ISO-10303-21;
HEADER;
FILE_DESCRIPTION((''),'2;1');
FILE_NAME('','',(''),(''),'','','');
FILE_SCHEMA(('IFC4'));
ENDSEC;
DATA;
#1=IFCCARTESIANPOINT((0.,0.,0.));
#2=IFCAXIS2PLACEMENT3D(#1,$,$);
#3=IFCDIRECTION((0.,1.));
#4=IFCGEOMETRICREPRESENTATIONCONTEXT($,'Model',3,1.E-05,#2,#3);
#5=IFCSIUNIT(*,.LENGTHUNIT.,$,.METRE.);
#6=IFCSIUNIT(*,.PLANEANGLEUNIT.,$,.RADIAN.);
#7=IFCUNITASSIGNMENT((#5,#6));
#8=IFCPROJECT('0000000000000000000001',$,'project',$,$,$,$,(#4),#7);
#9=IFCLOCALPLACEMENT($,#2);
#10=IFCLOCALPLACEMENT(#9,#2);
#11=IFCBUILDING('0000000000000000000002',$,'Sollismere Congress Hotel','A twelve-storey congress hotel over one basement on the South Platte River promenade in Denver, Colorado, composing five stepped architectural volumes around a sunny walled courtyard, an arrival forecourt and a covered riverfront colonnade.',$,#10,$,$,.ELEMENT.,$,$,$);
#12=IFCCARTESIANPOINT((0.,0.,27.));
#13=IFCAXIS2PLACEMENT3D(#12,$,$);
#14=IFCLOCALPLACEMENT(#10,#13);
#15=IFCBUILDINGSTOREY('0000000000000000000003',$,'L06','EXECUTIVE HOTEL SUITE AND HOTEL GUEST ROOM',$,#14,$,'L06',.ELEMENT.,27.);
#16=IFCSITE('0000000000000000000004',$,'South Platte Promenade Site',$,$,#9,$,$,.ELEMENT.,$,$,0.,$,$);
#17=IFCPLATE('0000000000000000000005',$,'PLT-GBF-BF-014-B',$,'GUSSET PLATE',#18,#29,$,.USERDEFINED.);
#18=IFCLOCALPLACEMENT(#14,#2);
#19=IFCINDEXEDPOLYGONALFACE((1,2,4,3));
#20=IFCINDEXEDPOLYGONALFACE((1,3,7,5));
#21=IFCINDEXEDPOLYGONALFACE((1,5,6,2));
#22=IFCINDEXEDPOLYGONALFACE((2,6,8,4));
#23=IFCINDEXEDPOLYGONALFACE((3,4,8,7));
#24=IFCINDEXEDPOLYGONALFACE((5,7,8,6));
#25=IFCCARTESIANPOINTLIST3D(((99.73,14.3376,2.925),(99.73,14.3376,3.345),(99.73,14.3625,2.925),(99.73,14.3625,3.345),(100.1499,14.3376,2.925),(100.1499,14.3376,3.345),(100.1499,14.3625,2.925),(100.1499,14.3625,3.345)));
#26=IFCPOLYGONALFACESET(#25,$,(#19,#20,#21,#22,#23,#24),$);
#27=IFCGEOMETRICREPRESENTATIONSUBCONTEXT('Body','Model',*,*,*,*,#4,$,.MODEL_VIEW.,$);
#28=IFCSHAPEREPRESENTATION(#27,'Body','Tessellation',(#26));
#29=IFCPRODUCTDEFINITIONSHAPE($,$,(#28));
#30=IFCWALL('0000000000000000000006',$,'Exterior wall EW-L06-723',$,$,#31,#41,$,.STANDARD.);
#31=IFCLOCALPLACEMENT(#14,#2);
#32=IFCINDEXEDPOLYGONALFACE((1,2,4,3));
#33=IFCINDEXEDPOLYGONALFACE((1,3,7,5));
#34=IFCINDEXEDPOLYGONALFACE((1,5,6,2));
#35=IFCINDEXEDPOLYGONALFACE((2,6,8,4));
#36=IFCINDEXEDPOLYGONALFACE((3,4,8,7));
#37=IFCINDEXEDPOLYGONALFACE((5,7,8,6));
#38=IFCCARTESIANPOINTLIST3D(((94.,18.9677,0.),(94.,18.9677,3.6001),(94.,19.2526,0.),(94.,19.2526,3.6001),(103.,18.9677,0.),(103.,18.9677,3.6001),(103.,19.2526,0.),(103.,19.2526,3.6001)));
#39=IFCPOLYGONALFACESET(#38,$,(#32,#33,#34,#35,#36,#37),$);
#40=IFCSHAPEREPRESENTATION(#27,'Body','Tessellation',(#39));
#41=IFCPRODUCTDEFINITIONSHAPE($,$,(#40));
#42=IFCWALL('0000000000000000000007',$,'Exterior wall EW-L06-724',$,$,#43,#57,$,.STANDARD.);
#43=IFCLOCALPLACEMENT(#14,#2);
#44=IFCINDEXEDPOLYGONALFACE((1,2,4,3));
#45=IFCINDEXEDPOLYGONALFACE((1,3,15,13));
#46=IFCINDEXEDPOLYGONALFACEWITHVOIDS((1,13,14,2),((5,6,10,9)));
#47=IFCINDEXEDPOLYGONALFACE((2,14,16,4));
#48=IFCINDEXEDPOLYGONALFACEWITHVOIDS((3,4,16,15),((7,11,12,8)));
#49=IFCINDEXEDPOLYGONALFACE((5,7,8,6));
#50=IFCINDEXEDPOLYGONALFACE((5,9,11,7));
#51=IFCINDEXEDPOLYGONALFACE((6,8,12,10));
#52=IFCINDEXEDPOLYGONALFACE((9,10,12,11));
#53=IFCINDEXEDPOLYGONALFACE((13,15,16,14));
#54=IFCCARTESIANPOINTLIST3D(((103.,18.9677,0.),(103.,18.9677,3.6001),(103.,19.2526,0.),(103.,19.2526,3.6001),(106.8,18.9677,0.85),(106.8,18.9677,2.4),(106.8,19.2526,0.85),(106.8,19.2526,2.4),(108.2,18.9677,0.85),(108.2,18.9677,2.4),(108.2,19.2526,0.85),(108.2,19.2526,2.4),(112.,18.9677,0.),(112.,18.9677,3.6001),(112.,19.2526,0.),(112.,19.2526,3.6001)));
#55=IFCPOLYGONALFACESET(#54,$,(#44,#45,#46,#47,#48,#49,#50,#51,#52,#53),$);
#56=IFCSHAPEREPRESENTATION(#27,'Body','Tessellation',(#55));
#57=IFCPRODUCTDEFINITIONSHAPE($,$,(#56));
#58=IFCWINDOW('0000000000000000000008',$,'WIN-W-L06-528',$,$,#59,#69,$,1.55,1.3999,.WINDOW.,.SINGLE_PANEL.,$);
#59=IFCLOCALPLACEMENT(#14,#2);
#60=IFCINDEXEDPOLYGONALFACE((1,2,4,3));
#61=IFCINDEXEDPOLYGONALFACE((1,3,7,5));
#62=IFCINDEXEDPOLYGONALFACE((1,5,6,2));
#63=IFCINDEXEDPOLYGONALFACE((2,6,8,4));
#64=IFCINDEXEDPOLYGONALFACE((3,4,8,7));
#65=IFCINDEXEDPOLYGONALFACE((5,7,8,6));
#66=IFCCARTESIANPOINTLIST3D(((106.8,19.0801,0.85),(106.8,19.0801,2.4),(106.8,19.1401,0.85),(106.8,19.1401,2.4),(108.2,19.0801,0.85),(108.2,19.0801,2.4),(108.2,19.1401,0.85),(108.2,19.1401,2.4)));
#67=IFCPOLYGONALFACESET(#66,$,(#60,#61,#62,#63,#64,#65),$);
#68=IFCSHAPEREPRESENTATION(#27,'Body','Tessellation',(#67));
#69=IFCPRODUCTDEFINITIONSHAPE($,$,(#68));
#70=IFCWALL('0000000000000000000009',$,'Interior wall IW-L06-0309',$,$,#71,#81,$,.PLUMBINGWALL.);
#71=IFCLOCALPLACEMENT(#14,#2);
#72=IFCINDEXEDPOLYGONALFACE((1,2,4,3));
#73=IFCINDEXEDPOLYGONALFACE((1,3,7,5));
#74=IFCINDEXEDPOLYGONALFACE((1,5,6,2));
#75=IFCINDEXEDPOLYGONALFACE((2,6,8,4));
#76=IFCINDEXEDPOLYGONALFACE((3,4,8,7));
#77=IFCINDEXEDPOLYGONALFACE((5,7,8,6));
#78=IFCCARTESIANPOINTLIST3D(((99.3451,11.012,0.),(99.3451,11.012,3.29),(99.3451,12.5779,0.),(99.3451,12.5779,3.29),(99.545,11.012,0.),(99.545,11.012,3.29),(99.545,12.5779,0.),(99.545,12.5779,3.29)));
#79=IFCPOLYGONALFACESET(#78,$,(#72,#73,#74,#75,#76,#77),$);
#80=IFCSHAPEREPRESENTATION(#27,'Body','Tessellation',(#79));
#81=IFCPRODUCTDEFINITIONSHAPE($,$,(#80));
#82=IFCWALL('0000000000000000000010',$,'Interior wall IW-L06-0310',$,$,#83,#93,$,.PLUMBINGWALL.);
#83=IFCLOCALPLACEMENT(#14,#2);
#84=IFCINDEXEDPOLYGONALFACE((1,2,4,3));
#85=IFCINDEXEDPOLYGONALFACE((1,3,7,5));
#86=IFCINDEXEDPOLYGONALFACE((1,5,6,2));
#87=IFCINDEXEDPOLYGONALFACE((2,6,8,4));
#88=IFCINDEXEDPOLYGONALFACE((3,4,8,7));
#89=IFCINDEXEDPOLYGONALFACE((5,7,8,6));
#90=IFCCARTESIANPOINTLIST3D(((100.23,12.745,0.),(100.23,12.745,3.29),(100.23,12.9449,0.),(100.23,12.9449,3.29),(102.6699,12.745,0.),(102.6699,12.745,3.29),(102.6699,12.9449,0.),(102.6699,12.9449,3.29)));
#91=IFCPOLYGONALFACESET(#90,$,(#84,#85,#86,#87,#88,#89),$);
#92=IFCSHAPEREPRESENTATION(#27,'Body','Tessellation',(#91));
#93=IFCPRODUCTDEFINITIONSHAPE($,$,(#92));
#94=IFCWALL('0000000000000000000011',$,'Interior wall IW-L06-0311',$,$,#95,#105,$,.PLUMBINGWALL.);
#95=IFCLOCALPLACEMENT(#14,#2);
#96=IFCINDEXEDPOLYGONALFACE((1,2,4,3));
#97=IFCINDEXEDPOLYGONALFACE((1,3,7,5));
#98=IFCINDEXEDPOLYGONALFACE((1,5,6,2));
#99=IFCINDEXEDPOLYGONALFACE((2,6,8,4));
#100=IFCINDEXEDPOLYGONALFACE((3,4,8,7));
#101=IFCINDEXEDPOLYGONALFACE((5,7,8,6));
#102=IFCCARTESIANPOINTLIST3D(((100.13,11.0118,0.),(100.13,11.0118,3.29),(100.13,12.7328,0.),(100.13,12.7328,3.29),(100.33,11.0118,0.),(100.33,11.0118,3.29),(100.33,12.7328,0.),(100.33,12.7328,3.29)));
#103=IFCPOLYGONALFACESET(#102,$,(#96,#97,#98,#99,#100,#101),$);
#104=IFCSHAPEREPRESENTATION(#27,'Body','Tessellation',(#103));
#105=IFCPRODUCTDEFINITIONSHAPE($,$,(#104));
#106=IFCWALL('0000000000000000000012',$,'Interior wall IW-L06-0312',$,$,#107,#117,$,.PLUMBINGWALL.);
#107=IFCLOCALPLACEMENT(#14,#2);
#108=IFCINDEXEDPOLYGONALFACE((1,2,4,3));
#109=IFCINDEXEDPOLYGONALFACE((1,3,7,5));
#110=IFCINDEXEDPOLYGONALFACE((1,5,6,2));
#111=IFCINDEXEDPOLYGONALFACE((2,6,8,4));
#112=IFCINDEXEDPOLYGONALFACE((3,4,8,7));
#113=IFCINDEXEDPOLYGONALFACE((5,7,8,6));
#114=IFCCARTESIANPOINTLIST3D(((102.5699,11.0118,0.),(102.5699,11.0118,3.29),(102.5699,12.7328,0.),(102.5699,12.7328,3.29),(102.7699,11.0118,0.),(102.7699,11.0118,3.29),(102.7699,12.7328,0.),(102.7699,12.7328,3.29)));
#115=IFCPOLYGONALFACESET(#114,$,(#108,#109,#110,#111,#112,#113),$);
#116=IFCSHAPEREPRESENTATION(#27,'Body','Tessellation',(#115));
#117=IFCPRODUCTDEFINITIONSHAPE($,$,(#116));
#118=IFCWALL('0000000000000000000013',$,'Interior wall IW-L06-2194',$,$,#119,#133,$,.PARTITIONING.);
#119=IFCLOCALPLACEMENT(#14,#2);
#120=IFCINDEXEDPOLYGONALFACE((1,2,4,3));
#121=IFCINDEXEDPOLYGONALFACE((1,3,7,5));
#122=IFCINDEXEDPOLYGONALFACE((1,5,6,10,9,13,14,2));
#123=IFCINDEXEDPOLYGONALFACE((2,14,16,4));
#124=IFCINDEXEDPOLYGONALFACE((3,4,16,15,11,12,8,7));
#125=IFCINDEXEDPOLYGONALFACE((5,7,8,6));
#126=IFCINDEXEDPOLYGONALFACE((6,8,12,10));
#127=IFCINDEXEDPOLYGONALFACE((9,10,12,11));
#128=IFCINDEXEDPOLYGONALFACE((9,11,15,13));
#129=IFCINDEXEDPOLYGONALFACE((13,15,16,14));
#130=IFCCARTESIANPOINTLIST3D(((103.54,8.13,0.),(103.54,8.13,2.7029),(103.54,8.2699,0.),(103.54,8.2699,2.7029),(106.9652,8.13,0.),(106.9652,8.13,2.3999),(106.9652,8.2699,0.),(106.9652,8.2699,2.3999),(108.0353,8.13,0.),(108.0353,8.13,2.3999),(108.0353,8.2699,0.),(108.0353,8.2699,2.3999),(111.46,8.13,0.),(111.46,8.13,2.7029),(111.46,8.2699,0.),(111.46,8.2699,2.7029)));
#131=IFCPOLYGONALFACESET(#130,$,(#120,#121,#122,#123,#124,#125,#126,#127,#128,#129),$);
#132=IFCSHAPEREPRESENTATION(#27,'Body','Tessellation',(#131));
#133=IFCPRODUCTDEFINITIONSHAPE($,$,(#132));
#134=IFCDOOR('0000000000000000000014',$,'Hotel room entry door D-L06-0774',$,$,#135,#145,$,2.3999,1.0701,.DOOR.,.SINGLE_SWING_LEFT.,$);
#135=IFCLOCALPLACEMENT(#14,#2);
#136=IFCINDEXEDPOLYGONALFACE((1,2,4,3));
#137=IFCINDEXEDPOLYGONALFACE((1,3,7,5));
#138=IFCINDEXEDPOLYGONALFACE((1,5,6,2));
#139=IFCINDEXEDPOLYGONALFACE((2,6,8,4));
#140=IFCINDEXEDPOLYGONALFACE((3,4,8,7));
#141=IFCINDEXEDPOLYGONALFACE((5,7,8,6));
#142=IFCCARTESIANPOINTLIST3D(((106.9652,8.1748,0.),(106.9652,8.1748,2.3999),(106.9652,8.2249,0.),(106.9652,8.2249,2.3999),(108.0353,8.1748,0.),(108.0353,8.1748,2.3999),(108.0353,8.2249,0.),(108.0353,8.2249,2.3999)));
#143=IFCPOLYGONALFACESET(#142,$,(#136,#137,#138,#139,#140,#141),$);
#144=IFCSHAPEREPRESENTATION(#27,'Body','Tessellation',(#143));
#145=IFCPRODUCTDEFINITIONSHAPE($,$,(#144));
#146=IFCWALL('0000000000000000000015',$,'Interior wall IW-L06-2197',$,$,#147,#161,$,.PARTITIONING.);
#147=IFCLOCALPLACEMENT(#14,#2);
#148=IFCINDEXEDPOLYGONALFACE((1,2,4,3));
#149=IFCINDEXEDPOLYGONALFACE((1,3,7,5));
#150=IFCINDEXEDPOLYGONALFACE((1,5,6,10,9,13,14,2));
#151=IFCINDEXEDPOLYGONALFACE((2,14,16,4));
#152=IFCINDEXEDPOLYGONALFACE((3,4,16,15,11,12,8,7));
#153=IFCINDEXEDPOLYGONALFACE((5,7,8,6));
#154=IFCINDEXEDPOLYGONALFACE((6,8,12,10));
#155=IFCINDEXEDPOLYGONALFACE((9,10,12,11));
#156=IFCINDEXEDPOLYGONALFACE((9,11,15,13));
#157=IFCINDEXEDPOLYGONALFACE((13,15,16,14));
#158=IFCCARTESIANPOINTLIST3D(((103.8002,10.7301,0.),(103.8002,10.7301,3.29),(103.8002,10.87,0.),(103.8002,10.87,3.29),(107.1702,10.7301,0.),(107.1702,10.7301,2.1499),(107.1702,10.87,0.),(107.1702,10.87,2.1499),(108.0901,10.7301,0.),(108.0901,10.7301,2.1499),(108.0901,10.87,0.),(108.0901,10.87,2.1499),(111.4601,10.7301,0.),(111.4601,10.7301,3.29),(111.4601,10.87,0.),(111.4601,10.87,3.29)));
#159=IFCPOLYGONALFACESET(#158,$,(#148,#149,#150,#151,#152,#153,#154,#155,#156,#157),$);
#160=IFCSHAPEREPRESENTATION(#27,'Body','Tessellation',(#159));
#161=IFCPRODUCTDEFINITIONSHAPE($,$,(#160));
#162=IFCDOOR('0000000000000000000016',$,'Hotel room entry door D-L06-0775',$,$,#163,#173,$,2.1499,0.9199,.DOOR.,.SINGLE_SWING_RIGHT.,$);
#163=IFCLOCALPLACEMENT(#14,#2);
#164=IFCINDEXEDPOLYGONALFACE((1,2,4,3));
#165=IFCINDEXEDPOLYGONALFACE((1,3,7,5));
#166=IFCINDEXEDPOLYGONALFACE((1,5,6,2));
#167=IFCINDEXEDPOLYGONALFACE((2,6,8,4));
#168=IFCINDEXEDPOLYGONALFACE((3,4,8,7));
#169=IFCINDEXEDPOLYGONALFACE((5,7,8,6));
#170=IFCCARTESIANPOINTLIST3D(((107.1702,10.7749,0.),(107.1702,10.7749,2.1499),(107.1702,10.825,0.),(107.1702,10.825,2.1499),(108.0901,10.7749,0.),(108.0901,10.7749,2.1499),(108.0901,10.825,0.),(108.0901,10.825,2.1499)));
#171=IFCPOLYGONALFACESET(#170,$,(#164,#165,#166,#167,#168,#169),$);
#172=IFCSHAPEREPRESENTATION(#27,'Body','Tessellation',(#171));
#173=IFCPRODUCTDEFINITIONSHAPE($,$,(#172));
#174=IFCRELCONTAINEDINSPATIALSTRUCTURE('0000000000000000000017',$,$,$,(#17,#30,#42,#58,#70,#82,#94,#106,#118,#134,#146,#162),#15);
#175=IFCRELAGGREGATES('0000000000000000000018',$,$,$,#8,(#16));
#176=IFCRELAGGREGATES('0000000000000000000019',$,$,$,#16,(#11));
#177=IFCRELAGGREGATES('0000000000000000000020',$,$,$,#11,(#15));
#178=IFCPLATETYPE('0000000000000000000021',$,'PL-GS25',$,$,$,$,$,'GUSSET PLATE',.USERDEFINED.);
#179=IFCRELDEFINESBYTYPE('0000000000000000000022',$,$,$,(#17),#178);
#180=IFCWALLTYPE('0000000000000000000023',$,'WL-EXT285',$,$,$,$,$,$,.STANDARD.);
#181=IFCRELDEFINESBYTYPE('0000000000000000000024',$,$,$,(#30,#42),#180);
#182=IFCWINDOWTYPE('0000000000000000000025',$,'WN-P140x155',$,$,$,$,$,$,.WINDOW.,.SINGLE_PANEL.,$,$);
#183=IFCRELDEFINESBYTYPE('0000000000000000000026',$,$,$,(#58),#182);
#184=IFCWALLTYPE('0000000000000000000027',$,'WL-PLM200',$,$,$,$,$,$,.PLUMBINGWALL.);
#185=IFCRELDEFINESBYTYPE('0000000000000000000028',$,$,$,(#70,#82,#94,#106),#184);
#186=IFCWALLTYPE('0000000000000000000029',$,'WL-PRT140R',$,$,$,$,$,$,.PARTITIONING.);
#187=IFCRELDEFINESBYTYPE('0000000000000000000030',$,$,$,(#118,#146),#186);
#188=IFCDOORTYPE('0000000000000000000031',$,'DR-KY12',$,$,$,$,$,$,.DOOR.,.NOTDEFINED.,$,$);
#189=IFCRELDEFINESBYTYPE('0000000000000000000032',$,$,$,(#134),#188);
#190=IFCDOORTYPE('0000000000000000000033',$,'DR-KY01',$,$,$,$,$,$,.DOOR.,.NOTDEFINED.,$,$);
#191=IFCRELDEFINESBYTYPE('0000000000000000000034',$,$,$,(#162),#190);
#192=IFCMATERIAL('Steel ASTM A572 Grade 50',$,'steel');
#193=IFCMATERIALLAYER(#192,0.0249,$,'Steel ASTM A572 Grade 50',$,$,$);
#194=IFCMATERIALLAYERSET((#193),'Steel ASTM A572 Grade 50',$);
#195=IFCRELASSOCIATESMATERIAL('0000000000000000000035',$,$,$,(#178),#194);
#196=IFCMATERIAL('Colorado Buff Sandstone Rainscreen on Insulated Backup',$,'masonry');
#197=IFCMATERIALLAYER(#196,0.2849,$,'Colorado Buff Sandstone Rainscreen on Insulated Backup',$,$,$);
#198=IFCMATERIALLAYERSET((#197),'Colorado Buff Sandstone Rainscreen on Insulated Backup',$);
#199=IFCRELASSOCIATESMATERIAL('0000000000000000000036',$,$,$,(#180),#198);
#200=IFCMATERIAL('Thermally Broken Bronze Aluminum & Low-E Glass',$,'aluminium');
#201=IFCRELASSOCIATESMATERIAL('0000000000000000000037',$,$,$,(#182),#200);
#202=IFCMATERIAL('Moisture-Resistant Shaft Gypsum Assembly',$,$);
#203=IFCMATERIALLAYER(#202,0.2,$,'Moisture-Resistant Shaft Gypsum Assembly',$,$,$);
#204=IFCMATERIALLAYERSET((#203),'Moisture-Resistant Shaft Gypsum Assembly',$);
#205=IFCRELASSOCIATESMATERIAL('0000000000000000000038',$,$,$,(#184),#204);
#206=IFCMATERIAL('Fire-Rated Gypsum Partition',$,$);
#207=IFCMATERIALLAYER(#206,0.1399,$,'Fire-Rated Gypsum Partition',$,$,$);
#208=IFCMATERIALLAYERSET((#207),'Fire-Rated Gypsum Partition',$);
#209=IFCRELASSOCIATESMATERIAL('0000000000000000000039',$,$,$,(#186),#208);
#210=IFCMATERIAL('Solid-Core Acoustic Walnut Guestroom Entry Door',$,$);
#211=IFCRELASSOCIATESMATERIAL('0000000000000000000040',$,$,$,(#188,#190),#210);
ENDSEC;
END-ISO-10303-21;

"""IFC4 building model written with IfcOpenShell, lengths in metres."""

from ifc_helpers import new_model, si_unit, direction, frame, frame_2d, origin, origin_2d, place, context, subcontext, project, spatial, rectangle, extrude, material, layer, layer_set, type_object, element, fill, save


model = new_model("IFC4")

# Units and contexts
model_context = context("Model", 3, precision=1e-05, world=origin(), true_north=direction((0.0, 1.0)))
body_context = subcontext(model_context, "Body", "Model", "MODEL_VIEW")
ifc_project = project(units=[si_unit("LENGTHUNIT", "METRE"), si_unit("PLANEANGLEUNIT", "RADIAN")], contexts=[model_context])

# Site, building, storey
site_placement = place(None, origin())
site = spatial("IfcSite", under=ifc_project, at=site_placement, Name="South Platte Promenade Site", CompositionType="ELEMENT", RefElevation=0.0)
building_placement = place(site_placement, origin())
building = spatial("IfcBuilding", under=site, at=building_placement, Name="Sollismere Congress Hotel", Description="A twelve-storey congress hotel over one basement on the South Platte River promenade in Denver, Colorado, composing five stepped architectural volumes around a sunny walled courtyard, an arrival forecourt and a covered riverfront colonnade.", CompositionType="ELEMENT")
storey_placement = place(building_placement, frame((0.0, 0.0, 27.0)))
storey = spatial("IfcBuildingStorey", under=building, at=storey_placement, Name="L06", Description="EXECUTIVE HOTEL SUITE AND HOTEL GUEST ROOM", LongName="L06", CompositionType="ELEMENT", Elevation=27.0)

# Plate
ifc_material_1 = material(Name="Steel ASTM A572 Grade 50", Category="steel")
ifc_layer_1 = layer(ifc_material_1, 0.0249, Name="Steel ASTM A572 Grade 50")
ifc_layer_set_1 = layer_set([ifc_layer_1], Name="Steel ASTM A572 Grade 50")
plate_type = type_object("IfcPlateType", Name="PL-GS25", ElementType="GUSSET PLATE", PredefinedType="USERDEFINED", material=ifc_layer_set_1)
for number, where, z_axis, x_axis, name in (
    (1, (99.9399, 14.3501, 2.925), (0.0, 0.0, 1.0), (1.0, 0.0, 0.0), "PLT-GBF-BF-014-B"),
):
    element("IfcPlate", number, at=place(storey_placement, frame(where, z_axis=z_axis, x_axis=x_axis)), inside=storey, type_object=plate_type, Name=name, ObjectType="GUSSET PLATE", PredefinedType="USERDEFINED", context=body_context, shape_type="SweptSolid", body=[
        extrude(rectangle(XDim=0.4199, YDim=0.0249, at=origin_2d()), origin(), (0.0, 0.0, 1.0), 0.4199),
    ])

# Wall
ifc_material_2 = material(Name="Colorado Buff Sandstone Rainscreen on Insulated Backup", Category="masonry")
ifc_layer_2 = layer(ifc_material_2, 0.2849, Name="Colorado Buff Sandstone Rainscreen on Insulated Backup")
ifc_layer_set_2 = layer_set([ifc_layer_2], Name="Colorado Buff Sandstone Rainscreen on Insulated Backup")
wall_type_1 = type_object("IfcWallType", Name="WL-EXT285", PredefinedType="STANDARD", material=ifc_layer_set_2)
wall_1_placement = place(storey_placement, frame((103.0, 19.1101, 0.0), z_axis=(0.0, 0.0, 1.0), x_axis=(-1.0, 0.0, 0.0)))
element("IfcWall", 2, at=wall_1_placement, inside=storey, type_object=wall_type_1, Name="Exterior wall EW-L06-723", PredefinedType="STANDARD", context=body_context, shape_type="SweptSolid", body=[
    extrude(rectangle(XDim=9.0, YDim=0.2849, at=frame_2d((4.5, 0.0))), origin(), (0.0, 0.0, 1.0), 3.6001),
])

# Wall, opening, window
wall_2_placement = place(storey_placement, frame((112.0, 19.1101, 0.0), z_axis=(0.0, 0.0, 1.0), x_axis=(-1.0, 0.0, 0.0)))
wall_2 = element("IfcWall", 3, at=wall_2_placement, inside=storey, type_object=wall_type_1, Name="Exterior wall EW-L06-724", PredefinedType="STANDARD", context=body_context, shape_type="SweptSolid", body=[
    extrude(rectangle(XDim=9.0, YDim=0.2849, at=frame_2d((4.5, 0.0))), origin(), (0.0, 0.0, 1.0), 3.6001),
])
opening_1_placement = place(wall_2_placement, frame((3.8, 0.0, 0.8501)))
opening_1 = element("IfcOpeningElement", 4, at=opening_1_placement, cuts=wall_2, PredefinedType="OPENING", context=body_context, shape_type="SweptSolid", body=[
    extrude(rectangle(XDim=1.3999, YDim=1.55, at=frame_2d((0.7, 0.7749))), frame((0.0, 0.1523, 0.0), z_axis=(0.0, -1.0, 0.0), x_axis=(1.0, 0.0, 0.0)), (0.0, 0.0, 1.0), 0.3049),
])
ifc_material_3 = material(Name="Thermally Broken Bronze Aluminum & Low-E Glass", Category="aluminium")
window_type = type_object("IfcWindowType", Name="WN-P140x155", PartitioningType="SINGLE_PANEL", PredefinedType="WINDOW", material=ifc_material_3)
window_placement = place(opening_1_placement, origin())
window = element("IfcWindow", 5, at=window_placement, inside=storey, type_object=window_type, Name="WIN-W-L06-528", OverallHeight=1.55, OverallWidth=1.3999, PartitioningType="SINGLE_PANEL", PredefinedType="WINDOW", context=body_context, shape_type="SweptSolid", body=[
    extrude(rectangle(XDim=1.3999, YDim=1.55, at=frame_2d((0.7, 0.7749))), frame((0.0, 0.03, 0.0), z_axis=(0.0, -1.0, 0.0), x_axis=(1.0, 0.0, 0.0)), (0.0, 0.0, 1.0), 0.0601),
])
fill(opening_1, window)

# Walls
ifc_material_4 = material(Name="Moisture-Resistant Shaft Gypsum Assembly")
ifc_layer_3 = layer(ifc_material_4, 0.2, Name="Moisture-Resistant Shaft Gypsum Assembly")
ifc_layer_set_3 = layer_set([ifc_layer_3], Name="Moisture-Resistant Shaft Gypsum Assembly")
wall_type_2 = type_object("IfcWallType", Name="WL-PLM200", PredefinedType="PLUMBINGWALL", material=ifc_layer_set_3)
wall_3_placement = place(storey_placement, frame((99.4451, 11.012, 0.0), z_axis=(0.0, 0.0, 1.0), x_axis=(0.0, 1.0, 0.0)))
element("IfcWall", 6, at=wall_3_placement, inside=storey, type_object=wall_type_2, Name="Interior wall IW-L06-0309", PredefinedType="PLUMBINGWALL", context=body_context, shape_type="SweptSolid", body=[
    extrude(rectangle(XDim=1.5659, YDim=0.2, at=frame_2d((0.783, 0.0))), origin(), (0.0, 0.0, 1.0), 3.29),
])
wall_4_placement = place(storey_placement, frame((100.23, 12.845, 0.0), z_axis=(0.0, 0.0, 1.0), x_axis=(1.0, 0.0, 0.0)))
element("IfcWall", 7, at=wall_4_placement, inside=storey, type_object=wall_type_2, Name="Interior wall IW-L06-0310", PredefinedType="PLUMBINGWALL", context=body_context, shape_type="SweptSolid", body=[
    extrude(rectangle(XDim=2.4399, YDim=0.2, at=frame_2d((1.22, 0.0))), origin(), (0.0, 0.0, 1.0), 3.29),
])
for number, where, z_axis, x_axis, name in (
    (8, (100.23, 11.012, 0.0), (0.0, 0.0, 1.0), (0.0, 1.0, 0.0), "Interior wall IW-L06-0311"),
    (9, (102.6699, 11.012, 0.0), (0.0, 0.0, 1.0), (0.0, 1.0, 0.0), "Interior wall IW-L06-0312"),
):
    element("IfcWall", number, at=place(storey_placement, frame(where, z_axis=z_axis, x_axis=x_axis)), inside=storey, type_object=wall_type_2, Name=name, PredefinedType="PLUMBINGWALL", context=body_context, shape_type="SweptSolid", body=[
        extrude(rectangle(XDim=1.7209, YDim=0.2, at=frame_2d((0.8604, 0.0))), origin(), (0.0, 0.0, 1.0), 3.29),
    ])

# Walls, openings, doors
ifc_material_5 = material(Name="Fire-Rated Gypsum Partition")
ifc_layer_4 = layer(ifc_material_5, 0.1399, Name="Fire-Rated Gypsum Partition")
ifc_layer_set_4 = layer_set([ifc_layer_4], Name="Fire-Rated Gypsum Partition")
wall_type_3 = type_object("IfcWallType", Name="WL-PRT140R", PredefinedType="PARTITIONING", material=ifc_layer_set_4)
wall_5_placement = place(storey_placement, frame((103.54, 8.2, 0.0), z_axis=(0.0, 0.0, 1.0), x_axis=(1.0, 0.0, 0.0)))
wall_5 = element("IfcWall", 10, at=wall_5_placement, inside=storey, type_object=wall_type_3, Name="Interior wall IW-L06-2194", PredefinedType="PARTITIONING", context=body_context, shape_type="SweptSolid", body=[
    extrude(rectangle(XDim=7.9199, YDim=0.1399, at=frame_2d((3.96, 0.0))), origin(), (0.0, 0.0, 1.0), 2.7029),
])
opening_2_placement = place(wall_5_placement, frame((3.425, 0.0, 0.0)))
opening_2 = element("IfcOpeningElement", 11, at=opening_2_placement, cuts=wall_5, PredefinedType="OPENING", context=body_context, shape_type="SweptSolid", body=[
    extrude(rectangle(XDim=1.0701, YDim=2.3999, at=frame_2d((0.5352, 1.2))), frame((0.0, 0.0798, 0.0), z_axis=(0.0, -1.0, 0.0), x_axis=(1.0, 0.0, 0.0)), (0.0, 0.0, 1.0), 0.1599),
])
ifc_material_6 = material(Name="Solid-Core Acoustic Walnut Guestroom Entry Door")
door_type_1 = type_object("IfcDoorType", Name="DR-KY12", OperationType="NOTDEFINED", PredefinedType="DOOR", material=ifc_material_6)
door_1_placement = place(opening_2_placement, origin())
door_1 = element("IfcDoor", 12, at=door_1_placement, inside=storey, type_object=door_type_1, Name="Hotel room entry door D-L06-0774", OperationType="SINGLE_SWING_LEFT", OverallHeight=2.3999, OverallWidth=1.0701, PredefinedType="DOOR", context=body_context, shape_type="SweptSolid", body=[
    extrude(rectangle(XDim=1.0701, YDim=2.3999, at=frame_2d((0.5352, 1.2))), frame((0.0, 0.0249, 0.0), z_axis=(0.0, -1.0, 0.0), x_axis=(1.0, 0.0, 0.0)), (0.0, 0.0, 1.0), 0.05),
])
fill(opening_2, door_1)
wall_6_placement = place(storey_placement, frame((103.8, 10.8, 0.0), z_axis=(0.0, 0.0, 1.0), x_axis=(1.0, 0.0, 0.0)))
wall_6 = element("IfcWall", 13, at=wall_6_placement, inside=storey, type_object=wall_type_3, Name="Interior wall IW-L06-2197", PredefinedType="PARTITIONING", context=body_context, shape_type="SweptSolid", body=[
    extrude(rectangle(XDim=7.6599, YDim=0.1399, at=frame_2d((3.8301, 0.0))), origin(), (0.0, 0.0, 1.0), 3.29),
])
opening_3_placement = place(wall_6_placement, frame((3.3701, 0.0, 0.0)))
opening_3 = element("IfcOpeningElement", 14, at=opening_3_placement, cuts=wall_6, PredefinedType="OPENING", context=body_context, shape_type="SweptSolid", body=[
    extrude(rectangle(XDim=0.9199, YDim=2.1499, at=frame_2d((0.46, 1.075))), frame((0.0, 0.0798, 0.0), z_axis=(0.0, -1.0, 0.0), x_axis=(1.0, 0.0, 0.0)), (0.0, 0.0, 1.0), 0.1599),
])
door_type_2 = type_object("IfcDoorType", Name="DR-KY01", OperationType="NOTDEFINED", PredefinedType="DOOR", material=ifc_material_6)
door_2_placement = place(opening_3_placement, origin())
door_2 = element("IfcDoor", 15, at=door_2_placement, inside=storey, type_object=door_type_2, Name="Hotel room entry door D-L06-0775", OperationType="SINGLE_SWING_RIGHT", OverallHeight=2.1499, OverallWidth=0.9199, PredefinedType="DOOR", context=body_context, shape_type="SweptSolid", body=[
    extrude(rectangle(XDim=0.9199, YDim=2.1499, at=frame_2d((0.46, 1.075))), frame((0.0, 0.0249, 0.0), z_axis=(0.0, -1.0, 0.0), x_axis=(1.0, 0.0, 0.0)), (0.0, 0.0, 1.0), 0.05),
])
fill(opening_3, door_2)

save(model, "model.ifc")
